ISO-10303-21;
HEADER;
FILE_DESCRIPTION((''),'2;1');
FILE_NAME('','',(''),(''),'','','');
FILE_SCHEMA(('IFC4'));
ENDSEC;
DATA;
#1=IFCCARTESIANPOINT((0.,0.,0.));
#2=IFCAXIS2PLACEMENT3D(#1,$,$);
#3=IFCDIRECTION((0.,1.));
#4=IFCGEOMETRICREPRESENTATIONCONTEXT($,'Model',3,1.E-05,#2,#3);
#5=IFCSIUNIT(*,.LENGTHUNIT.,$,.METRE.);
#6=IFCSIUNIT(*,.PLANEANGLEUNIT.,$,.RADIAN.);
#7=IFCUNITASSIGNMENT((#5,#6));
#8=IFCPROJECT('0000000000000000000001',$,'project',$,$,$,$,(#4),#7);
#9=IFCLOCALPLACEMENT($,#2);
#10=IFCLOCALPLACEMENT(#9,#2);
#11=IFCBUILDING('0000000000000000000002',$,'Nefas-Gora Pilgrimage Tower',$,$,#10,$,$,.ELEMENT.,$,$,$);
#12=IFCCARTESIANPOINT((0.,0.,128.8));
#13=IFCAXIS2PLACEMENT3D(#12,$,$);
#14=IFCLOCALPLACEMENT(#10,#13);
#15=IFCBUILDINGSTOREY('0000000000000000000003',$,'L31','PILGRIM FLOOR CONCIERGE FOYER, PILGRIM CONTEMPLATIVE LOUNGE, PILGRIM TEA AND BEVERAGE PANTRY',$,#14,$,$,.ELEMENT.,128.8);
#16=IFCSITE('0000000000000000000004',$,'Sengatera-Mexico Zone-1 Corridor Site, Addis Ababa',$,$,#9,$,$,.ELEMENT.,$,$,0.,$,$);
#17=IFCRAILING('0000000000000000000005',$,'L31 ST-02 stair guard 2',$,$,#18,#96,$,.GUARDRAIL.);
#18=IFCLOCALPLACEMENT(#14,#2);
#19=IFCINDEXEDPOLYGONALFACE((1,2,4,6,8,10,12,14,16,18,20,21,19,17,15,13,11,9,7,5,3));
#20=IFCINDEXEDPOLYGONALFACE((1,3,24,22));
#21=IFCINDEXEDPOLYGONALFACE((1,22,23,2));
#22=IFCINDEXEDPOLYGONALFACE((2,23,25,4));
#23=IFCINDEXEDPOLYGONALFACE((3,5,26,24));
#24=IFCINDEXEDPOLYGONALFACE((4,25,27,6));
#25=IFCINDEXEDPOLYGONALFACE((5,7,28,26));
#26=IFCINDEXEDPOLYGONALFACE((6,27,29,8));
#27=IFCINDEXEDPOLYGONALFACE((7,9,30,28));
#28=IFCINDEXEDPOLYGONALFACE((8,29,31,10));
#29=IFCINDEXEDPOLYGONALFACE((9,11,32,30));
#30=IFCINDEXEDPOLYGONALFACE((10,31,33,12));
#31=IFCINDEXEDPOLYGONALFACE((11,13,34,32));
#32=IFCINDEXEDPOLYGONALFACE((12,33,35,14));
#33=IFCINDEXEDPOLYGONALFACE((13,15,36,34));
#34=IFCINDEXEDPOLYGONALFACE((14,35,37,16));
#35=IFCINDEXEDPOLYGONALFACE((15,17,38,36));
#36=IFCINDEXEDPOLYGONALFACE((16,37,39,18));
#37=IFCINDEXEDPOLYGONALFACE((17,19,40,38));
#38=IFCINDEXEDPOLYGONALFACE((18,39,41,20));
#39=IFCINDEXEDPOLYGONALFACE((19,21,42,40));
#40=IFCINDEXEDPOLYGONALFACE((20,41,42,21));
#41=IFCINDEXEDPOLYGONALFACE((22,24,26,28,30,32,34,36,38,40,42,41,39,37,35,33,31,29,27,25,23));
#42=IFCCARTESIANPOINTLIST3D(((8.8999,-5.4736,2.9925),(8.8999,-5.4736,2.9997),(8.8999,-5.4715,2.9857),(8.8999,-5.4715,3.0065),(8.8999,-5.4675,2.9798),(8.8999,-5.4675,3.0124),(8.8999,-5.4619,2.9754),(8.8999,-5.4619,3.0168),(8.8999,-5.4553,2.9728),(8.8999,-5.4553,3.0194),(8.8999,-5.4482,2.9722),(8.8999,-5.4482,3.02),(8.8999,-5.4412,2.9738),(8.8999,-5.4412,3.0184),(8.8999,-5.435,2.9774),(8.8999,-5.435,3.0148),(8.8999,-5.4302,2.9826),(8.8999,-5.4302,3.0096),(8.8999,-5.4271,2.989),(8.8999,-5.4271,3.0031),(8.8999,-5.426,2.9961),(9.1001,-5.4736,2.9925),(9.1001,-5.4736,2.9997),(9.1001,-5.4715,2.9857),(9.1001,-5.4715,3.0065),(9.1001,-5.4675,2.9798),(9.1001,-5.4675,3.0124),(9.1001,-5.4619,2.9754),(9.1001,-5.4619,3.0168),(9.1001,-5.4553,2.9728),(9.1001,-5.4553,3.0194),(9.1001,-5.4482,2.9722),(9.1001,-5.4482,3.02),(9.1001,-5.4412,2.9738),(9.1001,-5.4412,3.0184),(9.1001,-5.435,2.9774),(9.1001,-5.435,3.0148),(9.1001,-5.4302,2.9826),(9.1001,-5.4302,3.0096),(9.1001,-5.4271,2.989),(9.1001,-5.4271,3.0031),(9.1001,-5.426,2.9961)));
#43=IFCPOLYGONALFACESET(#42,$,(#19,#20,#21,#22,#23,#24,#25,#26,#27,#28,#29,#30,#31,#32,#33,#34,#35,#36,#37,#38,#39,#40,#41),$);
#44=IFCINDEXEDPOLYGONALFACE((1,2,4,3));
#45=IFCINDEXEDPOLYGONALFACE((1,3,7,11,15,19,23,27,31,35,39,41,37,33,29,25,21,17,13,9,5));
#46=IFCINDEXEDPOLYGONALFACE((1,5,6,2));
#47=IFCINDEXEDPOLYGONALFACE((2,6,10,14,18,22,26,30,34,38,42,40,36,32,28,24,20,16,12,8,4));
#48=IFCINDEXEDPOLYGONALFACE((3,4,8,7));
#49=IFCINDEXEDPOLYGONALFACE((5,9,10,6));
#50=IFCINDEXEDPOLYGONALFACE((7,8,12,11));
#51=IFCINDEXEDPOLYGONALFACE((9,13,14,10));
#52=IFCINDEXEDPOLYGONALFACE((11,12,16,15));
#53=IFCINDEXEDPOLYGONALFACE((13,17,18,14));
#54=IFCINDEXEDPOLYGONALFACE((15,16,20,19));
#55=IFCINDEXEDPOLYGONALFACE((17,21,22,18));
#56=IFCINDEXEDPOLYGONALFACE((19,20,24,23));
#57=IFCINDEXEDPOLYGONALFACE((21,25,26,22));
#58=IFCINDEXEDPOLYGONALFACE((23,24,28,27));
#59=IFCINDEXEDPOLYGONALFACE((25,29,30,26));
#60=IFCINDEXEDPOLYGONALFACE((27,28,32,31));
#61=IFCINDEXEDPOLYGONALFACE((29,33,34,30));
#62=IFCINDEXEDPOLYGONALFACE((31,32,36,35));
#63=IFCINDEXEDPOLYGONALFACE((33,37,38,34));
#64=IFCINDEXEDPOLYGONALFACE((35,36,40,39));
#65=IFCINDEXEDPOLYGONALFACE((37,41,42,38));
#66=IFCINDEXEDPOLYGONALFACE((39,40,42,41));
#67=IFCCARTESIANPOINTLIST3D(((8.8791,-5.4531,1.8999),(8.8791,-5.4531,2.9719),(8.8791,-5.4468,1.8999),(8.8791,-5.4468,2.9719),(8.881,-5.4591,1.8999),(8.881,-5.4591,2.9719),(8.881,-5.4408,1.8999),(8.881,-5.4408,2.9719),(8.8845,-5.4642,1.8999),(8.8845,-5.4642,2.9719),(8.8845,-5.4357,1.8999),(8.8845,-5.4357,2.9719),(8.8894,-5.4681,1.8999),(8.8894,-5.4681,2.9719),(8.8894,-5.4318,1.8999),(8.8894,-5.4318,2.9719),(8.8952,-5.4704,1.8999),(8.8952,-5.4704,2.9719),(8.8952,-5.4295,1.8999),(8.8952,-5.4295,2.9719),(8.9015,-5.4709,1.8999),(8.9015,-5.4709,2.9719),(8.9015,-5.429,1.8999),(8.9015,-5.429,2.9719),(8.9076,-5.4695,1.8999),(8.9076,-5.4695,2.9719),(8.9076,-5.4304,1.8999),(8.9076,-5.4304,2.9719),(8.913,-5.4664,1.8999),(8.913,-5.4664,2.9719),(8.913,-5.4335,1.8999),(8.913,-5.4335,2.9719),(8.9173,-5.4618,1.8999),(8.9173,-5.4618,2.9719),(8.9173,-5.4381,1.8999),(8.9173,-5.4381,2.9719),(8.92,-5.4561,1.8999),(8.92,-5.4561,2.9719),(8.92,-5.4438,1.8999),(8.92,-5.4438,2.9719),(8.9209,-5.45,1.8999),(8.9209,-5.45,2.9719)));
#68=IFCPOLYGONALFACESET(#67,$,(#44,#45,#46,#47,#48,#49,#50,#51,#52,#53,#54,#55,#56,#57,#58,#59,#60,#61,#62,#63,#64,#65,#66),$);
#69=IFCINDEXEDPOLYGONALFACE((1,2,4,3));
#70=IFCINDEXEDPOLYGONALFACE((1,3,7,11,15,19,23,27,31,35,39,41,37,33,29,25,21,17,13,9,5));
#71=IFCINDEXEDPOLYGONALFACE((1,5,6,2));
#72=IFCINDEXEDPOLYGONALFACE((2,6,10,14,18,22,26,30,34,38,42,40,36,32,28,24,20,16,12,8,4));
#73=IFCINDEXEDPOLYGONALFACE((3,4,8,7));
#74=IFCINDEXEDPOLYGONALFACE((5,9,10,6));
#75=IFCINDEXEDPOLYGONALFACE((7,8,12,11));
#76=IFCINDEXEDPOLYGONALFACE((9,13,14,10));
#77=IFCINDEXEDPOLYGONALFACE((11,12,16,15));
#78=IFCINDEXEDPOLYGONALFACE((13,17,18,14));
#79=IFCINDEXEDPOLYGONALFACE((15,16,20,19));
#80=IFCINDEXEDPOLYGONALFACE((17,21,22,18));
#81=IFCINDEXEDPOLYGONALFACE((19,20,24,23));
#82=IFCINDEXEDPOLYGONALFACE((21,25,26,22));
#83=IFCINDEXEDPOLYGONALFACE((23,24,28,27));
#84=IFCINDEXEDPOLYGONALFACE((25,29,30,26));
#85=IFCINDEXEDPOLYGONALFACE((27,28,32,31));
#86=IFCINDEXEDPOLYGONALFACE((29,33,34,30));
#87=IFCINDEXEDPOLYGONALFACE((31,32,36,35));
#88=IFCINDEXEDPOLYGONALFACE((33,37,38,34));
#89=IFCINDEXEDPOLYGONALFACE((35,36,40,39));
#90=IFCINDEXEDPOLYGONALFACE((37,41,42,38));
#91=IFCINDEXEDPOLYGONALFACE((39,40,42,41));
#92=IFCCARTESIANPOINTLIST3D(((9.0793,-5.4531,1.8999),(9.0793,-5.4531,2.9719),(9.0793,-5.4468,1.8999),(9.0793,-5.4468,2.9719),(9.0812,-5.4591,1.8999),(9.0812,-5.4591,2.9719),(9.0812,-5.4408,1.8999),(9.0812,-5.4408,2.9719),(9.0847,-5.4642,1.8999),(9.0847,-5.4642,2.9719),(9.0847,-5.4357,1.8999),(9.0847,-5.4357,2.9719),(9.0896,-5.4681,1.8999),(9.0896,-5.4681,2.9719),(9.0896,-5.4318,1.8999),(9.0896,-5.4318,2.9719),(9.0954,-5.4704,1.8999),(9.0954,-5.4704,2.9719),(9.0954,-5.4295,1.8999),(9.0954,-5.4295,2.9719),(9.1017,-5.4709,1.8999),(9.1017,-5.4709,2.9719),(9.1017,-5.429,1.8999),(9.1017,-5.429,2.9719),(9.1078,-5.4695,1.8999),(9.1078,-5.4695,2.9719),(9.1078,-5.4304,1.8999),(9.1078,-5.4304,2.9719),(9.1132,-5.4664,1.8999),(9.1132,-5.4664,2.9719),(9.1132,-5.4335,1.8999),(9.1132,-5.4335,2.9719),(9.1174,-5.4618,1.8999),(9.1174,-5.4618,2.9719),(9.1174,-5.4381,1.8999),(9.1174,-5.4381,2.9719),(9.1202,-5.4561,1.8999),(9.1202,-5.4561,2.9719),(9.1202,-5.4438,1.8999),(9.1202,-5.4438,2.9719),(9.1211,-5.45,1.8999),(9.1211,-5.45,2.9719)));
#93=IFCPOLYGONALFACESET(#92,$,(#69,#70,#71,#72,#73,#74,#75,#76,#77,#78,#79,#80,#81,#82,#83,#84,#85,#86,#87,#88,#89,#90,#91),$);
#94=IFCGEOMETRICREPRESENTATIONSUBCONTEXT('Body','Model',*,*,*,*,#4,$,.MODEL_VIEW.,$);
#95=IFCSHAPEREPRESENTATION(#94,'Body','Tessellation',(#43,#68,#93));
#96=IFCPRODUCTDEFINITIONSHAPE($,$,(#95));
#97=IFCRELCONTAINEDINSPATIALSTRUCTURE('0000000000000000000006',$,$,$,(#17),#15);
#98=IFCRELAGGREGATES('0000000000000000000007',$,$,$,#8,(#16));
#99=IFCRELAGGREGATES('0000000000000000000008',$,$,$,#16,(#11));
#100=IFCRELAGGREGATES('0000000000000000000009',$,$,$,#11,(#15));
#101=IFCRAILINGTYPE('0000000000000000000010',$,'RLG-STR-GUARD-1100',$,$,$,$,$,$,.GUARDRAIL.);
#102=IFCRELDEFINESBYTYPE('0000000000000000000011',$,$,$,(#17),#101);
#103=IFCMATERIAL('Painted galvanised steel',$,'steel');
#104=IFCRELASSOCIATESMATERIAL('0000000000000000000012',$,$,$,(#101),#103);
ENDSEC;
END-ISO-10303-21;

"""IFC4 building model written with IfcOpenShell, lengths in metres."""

from ifc_helpers import new_model, si_unit, direction, frame, origin, origin_2d, place, context, subcontext, project, spatial, circle, extrude, material, type_object, element, save


model = new_model("IFC4")

# Units and contexts
model_context = context("Model", 3, precision=1e-05, world=origin(), true_north=direction((0.0, 1.0)))
body_context = subcontext(model_context, "Body", "Model", "MODEL_VIEW")
ifc_project = project(units=[si_unit("LENGTHUNIT", "METRE"), si_unit("PLANEANGLEUNIT", "RADIAN")], contexts=[model_context])

# Site, building, storey
site_placement = place(None, origin())
site = spatial("IfcSite", under=ifc_project, at=site_placement, Name="Sengatera-Mexico Zone-1 Corridor Site, Addis Ababa", CompositionType="ELEMENT", RefElevation=0.0)
building_placement = place(site_placement, origin())
building = spatial("IfcBuilding", under=site, at=building_placement, Name="Nefas-Gora Pilgrimage Tower", CompositionType="ELEMENT")
storey_placement = place(building_placement, frame((0.0, 0.0, 128.8)))
storey = spatial("IfcBuildingStorey", under=building, at=storey_placement, Name="L31", Description="PILGRIM FLOOR CONCIERGE FOYER, PILGRIM CONTEMPLATIVE LOUNGE, PILGRIM TEA AND BEVERAGE PANTRY", CompositionType="ELEMENT", Elevation=128.8)

# Railing
ifc_material_1 = material(Name="Painted galvanised steel", Category="steel")
railing_type_1 = type_object("IfcRailingType", Name="RLG-STR-GUARD-1100", PredefinedType="GUARDRAIL", material=ifc_material_1)
railing_1_placement = place(storey_placement, frame((8.8999, -5.45, 1.8999)))
element("IfcRailing", 1, at=railing_1_placement, inside=storey, type_object=railing_type_1, Name="L31 ST-02 stair guard 2", PredefinedType="GUARDRAIL", context=body_context, shape_type="SweptSolid", body=[
    extrude(circle(Radius=0.0239, at=origin_2d()), frame((0.0, 0.0, 1.0962), z_axis=(1.0, 0.0, 0.0), x_axis=(0.0, 1.0, 0.0)), (0.0, 0.0, 1.0), 0.2002),
    extrude(circle(Radius=0.021, at=origin_2d()), origin(), (0.0, 0.0, 1.0), 1.072),
    extrude(circle(Radius=0.021, at=origin_2d()), frame((0.2002, 0.0, 0.0)), (0.0, 0.0, 1.0), 1.072),
])

save(model, "model.ifc")
